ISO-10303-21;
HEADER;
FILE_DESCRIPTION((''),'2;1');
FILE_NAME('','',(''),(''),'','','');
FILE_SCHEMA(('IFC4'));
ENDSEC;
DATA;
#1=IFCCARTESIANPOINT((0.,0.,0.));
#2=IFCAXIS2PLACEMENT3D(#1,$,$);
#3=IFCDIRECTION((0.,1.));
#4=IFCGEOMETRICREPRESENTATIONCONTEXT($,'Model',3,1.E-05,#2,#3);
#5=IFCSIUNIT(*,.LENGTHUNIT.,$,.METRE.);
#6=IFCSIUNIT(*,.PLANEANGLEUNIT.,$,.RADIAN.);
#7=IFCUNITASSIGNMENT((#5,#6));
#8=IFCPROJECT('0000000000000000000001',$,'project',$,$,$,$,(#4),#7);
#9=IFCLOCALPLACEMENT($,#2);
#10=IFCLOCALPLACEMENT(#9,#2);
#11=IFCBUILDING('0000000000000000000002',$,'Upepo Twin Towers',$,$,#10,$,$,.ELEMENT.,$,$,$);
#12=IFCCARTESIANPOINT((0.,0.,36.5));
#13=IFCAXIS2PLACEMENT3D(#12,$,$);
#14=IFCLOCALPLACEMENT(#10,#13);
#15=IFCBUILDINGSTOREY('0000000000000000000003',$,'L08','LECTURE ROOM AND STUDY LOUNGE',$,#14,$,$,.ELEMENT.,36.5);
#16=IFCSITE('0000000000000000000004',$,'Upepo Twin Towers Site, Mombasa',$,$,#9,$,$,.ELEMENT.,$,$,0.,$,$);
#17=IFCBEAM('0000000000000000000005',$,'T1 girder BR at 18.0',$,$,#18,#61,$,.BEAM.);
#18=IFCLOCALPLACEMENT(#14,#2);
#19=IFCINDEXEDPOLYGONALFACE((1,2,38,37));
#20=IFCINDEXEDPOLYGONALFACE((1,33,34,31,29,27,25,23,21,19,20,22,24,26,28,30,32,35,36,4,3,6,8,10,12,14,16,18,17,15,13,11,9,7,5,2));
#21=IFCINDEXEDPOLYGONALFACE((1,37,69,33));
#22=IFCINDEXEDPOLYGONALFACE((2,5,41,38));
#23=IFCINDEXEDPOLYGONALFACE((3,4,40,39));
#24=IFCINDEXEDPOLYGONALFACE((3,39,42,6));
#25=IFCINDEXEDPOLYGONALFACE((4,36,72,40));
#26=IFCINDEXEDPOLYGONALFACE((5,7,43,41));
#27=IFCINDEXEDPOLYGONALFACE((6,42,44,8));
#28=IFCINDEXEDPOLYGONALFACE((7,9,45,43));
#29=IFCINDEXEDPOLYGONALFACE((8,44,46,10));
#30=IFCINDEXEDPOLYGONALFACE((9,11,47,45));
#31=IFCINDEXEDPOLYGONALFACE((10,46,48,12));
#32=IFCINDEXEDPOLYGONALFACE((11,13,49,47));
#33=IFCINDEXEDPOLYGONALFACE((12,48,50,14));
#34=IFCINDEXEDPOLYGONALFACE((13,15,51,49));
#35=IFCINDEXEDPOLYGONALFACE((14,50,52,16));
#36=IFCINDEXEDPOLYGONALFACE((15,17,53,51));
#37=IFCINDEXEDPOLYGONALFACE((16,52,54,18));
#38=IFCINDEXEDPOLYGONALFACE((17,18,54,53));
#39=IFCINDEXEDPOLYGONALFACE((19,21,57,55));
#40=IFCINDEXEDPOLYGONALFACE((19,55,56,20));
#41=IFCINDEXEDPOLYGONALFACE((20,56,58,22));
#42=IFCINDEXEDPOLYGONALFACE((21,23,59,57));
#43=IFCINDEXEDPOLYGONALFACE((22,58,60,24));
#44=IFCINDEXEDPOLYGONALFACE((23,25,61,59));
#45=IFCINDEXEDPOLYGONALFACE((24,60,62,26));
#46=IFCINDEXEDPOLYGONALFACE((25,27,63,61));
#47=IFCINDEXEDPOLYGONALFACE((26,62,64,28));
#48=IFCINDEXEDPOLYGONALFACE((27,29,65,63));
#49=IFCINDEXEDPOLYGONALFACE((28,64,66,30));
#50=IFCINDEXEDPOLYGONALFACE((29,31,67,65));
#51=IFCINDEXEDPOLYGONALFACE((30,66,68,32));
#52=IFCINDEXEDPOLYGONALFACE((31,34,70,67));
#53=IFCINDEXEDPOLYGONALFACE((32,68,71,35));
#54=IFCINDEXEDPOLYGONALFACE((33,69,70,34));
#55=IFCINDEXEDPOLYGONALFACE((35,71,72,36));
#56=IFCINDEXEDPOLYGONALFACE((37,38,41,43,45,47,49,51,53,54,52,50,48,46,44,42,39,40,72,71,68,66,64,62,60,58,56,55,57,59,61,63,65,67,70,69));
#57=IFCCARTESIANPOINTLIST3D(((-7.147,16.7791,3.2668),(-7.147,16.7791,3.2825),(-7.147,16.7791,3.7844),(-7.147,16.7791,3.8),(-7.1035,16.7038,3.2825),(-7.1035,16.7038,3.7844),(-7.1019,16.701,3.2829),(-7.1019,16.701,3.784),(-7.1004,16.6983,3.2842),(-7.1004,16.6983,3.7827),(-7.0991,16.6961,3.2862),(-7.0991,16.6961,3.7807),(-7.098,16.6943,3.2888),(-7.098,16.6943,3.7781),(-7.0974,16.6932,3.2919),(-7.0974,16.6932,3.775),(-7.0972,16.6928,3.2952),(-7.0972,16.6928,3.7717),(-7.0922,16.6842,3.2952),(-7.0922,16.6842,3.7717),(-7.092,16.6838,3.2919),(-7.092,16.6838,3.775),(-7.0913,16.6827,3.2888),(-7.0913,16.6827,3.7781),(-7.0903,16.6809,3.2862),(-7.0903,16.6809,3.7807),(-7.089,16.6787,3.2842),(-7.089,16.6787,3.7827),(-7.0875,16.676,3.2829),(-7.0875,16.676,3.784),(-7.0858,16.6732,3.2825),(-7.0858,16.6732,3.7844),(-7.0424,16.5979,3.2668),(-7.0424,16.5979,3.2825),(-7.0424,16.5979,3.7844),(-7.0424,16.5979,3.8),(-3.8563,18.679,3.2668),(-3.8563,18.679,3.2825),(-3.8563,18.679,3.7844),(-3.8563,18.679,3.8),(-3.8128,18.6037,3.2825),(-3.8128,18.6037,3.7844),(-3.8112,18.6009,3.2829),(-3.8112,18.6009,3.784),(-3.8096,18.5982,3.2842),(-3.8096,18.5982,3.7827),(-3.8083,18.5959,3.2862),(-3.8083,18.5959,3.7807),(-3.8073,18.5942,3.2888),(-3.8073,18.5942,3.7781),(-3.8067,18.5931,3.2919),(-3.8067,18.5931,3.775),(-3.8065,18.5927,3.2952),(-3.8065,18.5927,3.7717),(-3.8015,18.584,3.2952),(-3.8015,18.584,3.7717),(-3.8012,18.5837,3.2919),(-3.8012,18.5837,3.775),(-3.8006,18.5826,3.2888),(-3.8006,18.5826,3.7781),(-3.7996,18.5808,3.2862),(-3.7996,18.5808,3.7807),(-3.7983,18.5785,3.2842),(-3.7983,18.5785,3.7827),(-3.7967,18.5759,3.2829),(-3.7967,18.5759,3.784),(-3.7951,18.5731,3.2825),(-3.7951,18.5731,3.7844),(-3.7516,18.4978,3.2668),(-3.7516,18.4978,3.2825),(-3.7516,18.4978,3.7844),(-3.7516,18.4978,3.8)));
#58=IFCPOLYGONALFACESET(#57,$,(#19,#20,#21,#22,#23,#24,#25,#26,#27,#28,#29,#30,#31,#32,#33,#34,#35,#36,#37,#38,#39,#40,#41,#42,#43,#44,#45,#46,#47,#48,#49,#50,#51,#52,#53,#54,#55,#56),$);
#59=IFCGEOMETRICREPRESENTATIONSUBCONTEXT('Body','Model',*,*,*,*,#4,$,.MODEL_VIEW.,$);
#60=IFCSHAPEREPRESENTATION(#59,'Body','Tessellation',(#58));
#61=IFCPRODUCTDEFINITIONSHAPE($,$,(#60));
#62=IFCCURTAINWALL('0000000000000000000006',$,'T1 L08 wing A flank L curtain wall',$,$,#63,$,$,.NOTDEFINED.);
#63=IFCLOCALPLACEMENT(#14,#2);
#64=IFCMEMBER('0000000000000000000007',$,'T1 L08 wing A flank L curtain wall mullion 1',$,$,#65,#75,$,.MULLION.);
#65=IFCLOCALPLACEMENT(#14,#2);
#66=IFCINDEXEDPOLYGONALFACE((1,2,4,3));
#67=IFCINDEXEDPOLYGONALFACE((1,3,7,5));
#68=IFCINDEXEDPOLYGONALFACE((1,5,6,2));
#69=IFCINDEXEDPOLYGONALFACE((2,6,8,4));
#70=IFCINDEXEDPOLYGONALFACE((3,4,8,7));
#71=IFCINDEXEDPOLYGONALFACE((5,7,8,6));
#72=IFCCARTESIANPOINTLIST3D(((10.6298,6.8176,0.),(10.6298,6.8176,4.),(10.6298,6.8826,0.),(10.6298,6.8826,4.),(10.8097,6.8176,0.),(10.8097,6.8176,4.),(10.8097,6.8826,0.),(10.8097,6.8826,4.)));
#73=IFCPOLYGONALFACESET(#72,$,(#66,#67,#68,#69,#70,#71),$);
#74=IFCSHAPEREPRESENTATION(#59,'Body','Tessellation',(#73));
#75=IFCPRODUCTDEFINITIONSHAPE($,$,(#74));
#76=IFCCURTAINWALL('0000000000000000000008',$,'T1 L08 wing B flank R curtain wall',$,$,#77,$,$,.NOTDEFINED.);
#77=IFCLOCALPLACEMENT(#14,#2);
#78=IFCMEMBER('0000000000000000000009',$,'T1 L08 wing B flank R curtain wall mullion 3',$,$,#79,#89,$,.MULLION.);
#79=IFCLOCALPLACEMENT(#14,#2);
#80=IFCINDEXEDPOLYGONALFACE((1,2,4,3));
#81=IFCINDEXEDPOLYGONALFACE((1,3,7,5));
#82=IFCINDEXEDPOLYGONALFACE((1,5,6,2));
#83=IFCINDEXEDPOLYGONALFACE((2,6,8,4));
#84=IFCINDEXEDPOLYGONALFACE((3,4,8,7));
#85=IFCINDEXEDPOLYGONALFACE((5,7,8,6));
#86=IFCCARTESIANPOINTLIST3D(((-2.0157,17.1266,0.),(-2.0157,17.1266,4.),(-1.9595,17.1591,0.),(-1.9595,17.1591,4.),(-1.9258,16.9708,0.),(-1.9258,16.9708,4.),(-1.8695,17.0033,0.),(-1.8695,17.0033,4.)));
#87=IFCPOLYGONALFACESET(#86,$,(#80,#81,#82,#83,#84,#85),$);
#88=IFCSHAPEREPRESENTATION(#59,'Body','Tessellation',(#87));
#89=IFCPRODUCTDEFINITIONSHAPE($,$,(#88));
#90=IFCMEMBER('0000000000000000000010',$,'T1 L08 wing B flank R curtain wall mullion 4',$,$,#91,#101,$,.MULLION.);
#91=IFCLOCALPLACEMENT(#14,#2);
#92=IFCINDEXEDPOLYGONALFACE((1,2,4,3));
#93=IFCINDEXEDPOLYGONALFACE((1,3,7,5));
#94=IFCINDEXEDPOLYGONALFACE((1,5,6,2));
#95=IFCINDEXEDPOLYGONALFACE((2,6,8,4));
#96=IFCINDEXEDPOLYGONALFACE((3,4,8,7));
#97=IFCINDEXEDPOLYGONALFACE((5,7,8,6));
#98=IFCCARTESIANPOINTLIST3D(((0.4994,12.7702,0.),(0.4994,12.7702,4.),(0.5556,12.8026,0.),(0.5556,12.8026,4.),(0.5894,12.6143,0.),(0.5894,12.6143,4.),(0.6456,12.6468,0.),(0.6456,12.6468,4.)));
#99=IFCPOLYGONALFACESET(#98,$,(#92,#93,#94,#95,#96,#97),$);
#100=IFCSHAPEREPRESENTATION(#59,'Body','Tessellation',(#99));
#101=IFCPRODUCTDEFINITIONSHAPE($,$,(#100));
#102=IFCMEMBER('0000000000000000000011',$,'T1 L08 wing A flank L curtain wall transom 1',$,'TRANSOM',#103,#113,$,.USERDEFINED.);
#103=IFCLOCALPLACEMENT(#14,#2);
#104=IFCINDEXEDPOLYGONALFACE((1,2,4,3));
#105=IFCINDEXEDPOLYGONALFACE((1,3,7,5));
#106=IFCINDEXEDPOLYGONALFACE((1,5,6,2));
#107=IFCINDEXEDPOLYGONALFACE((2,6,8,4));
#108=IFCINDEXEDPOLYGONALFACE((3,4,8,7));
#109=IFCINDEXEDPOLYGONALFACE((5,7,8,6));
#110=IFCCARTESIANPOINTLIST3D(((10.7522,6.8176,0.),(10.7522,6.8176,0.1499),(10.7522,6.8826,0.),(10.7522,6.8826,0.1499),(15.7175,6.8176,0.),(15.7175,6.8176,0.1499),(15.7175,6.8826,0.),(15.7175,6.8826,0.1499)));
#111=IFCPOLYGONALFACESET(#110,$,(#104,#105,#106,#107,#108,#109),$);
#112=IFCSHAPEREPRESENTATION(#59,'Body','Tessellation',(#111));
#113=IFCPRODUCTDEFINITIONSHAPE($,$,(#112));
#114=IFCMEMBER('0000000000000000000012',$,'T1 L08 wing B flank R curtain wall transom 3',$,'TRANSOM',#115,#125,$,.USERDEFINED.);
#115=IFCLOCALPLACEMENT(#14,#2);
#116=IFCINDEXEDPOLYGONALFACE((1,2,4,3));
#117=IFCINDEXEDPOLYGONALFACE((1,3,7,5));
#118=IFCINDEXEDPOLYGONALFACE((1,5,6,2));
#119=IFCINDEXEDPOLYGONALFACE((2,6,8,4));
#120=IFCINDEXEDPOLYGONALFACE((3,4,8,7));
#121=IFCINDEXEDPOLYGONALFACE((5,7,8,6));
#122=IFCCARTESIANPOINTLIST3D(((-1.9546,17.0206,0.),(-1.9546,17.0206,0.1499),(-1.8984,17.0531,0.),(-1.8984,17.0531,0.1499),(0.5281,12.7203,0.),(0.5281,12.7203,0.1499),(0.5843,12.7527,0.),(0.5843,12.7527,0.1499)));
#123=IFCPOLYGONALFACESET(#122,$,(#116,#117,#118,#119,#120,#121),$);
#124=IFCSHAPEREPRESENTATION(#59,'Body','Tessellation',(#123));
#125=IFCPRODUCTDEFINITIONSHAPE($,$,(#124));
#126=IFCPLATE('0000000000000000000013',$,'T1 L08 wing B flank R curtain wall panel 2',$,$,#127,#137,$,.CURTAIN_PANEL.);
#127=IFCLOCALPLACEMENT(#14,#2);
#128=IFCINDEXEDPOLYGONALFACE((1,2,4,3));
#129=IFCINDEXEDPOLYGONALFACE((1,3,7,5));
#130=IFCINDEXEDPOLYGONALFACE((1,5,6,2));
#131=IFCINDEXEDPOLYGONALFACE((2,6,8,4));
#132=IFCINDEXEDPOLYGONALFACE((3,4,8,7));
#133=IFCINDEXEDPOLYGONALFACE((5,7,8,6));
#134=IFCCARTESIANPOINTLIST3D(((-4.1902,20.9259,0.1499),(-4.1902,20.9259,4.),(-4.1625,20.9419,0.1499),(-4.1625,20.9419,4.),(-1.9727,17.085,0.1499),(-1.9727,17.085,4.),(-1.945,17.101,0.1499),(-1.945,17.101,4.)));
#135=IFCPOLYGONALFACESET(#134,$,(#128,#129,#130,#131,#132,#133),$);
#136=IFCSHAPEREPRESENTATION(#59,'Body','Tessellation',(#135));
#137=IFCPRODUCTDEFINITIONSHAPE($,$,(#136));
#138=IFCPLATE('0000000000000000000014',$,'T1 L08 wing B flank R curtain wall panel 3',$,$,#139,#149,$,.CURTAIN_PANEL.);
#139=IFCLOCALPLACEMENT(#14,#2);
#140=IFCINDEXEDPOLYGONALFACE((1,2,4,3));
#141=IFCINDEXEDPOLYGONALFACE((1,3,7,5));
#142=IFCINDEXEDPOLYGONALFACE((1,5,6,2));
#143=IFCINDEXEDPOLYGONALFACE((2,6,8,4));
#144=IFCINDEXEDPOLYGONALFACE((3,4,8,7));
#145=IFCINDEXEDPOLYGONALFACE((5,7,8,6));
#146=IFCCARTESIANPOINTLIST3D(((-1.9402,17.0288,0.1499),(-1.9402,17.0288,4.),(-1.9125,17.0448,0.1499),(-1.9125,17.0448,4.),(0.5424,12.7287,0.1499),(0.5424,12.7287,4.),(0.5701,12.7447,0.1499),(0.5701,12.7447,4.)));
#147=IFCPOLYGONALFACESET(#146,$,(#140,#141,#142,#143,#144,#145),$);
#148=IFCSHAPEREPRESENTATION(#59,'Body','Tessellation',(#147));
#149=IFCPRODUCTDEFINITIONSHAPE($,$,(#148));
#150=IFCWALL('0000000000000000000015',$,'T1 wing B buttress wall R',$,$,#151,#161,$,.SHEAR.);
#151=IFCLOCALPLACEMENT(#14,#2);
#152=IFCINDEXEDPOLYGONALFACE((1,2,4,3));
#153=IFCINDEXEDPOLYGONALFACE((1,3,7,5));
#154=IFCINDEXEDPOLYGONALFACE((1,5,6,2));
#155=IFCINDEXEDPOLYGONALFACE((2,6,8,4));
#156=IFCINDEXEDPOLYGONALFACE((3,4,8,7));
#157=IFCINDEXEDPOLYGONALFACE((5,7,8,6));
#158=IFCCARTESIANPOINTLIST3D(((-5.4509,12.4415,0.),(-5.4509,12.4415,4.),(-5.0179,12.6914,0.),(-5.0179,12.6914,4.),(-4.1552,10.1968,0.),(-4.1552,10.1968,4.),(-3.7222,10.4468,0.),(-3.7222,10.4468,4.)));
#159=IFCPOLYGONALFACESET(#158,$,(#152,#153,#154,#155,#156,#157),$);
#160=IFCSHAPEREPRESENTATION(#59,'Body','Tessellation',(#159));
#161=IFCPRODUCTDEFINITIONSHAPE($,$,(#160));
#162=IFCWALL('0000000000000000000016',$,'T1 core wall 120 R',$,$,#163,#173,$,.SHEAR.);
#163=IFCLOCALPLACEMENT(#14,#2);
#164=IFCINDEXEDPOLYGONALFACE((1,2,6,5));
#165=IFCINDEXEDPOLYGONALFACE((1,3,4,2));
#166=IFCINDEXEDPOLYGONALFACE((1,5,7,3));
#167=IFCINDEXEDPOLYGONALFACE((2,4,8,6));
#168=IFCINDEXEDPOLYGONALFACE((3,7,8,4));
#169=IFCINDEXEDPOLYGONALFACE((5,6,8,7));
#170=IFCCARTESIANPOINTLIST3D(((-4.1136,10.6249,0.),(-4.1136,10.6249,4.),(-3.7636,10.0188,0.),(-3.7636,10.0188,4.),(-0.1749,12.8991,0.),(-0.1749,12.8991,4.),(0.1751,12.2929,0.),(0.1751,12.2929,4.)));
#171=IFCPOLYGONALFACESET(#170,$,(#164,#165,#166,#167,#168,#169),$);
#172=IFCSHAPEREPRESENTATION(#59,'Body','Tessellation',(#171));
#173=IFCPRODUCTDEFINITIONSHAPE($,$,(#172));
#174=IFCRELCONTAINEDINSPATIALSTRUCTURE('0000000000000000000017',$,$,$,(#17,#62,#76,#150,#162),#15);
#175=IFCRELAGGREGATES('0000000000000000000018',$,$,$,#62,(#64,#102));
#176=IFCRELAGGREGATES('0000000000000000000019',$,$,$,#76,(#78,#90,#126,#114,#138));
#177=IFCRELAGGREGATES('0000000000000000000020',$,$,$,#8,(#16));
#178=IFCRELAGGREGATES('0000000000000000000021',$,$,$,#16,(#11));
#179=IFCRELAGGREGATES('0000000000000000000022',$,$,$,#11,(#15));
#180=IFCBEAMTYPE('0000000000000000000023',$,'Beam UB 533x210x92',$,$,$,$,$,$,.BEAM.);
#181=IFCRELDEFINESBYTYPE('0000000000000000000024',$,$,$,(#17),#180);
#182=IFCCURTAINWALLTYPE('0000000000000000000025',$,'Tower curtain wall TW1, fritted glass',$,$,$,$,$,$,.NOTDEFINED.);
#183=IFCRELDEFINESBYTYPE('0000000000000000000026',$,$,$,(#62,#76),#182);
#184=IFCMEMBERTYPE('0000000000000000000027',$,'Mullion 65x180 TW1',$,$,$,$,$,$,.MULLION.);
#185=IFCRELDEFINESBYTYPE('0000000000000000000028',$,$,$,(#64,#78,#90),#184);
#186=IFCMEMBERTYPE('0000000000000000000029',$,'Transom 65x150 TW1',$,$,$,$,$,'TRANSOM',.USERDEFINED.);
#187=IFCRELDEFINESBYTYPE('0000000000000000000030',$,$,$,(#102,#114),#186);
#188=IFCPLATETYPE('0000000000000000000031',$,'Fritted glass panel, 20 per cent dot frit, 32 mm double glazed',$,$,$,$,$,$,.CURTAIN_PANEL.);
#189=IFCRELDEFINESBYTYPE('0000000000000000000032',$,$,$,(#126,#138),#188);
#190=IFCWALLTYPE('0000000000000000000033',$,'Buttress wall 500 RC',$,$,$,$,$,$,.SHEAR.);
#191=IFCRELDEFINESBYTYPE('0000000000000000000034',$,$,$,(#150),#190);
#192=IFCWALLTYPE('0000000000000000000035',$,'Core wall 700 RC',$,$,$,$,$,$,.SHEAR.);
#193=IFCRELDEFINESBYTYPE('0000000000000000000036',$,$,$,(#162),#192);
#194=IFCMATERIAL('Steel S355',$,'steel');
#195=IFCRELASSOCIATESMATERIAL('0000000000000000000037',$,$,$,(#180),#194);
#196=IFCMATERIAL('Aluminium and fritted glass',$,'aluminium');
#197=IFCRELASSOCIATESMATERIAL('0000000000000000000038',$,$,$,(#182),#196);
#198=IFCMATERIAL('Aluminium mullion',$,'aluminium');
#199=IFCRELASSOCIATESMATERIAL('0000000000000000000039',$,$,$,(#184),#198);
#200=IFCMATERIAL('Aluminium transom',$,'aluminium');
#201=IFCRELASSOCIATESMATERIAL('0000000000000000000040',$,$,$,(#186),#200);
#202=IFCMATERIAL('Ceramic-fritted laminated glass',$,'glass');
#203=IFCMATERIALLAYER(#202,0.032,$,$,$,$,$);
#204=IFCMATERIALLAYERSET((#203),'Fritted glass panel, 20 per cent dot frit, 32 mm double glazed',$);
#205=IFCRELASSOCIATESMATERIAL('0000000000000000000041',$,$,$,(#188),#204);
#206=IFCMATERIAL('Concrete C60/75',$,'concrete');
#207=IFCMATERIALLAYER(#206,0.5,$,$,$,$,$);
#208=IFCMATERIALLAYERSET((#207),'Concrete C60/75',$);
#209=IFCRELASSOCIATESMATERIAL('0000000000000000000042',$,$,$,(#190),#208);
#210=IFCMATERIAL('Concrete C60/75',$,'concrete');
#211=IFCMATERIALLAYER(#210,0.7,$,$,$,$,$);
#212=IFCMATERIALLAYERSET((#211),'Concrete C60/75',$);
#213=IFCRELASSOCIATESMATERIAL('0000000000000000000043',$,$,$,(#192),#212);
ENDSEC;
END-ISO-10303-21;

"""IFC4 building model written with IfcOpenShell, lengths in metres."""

from ifc_helpers import new_model, si_unit, direction, frame, frame_2d, origin, origin_2d, place, context, subcontext, project, spatial, rectangle, i_section, extrude, material, layer, layer_set, material_profile, profile_set, type_object, element, aggregate, save


model = new_model("IFC4")

# Units and contexts
model_context = context("Model", 3, precision=1e-05, world=origin(), true_north=direction((0.0, 1.0)))
body_context = subcontext(model_context, "Body", "Model", "MODEL_VIEW")
ifc_project = project(units=[si_unit("LENGTHUNIT", "METRE"), si_unit("PLANEANGLEUNIT", "RADIAN")], contexts=[model_context])

# Site, building, storey
site_placement = place(None, origin())
site = spatial("IfcSite", under=ifc_project, at=site_placement, Name="Upepo Twin Towers Site, Mombasa", CompositionType="ELEMENT", RefElevation=0.0)
building_placement = place(site_placement, origin())
building = spatial("IfcBuilding", under=site, at=building_placement, Name="Upepo Twin Towers", CompositionType="ELEMENT")
storey_placement = place(building_placement, frame((0.0, 0.0, 36.5)))
storey = spatial("IfcBuildingStorey", under=building, at=storey_placement, Name="L08", Description="LECTURE ROOM AND STUDY LOUNGE", CompositionType="ELEMENT", Elevation=36.5)

# Beam
ifc_material_1 = material(Name="Steel S355", Category="steel")
ifc_material_profile_1 = material_profile(ifc_material_1, i_section(OverallWidth=0.2092, OverallDepth=0.5332, WebThickness=0.01, FlangeThickness=0.0156, FilletRadius=0.0127, at=origin_2d()), Name="UB 533x210x92")
ifc_profile_set_1 = profile_set([ifc_material_profile_1], Name="Steel S355")
beam_type_1 = type_object("IfcBeamType", Name="Beam UB 533x210x92", PredefinedType="BEAM", material=ifc_profile_set_1)
beam_1_placement = place(storey_placement, frame((-3.804, 18.5884, 3.5334), z_axis=(-0.866028, -0.499995, 0.0), x_axis=(0.499995, -0.866028, 0.0)))
element("IfcBeam", 1, at=beam_1_placement, inside=storey, type_object=beam_type_1, Name="T1 girder BR at 18.0", PredefinedType="BEAM", context=body_context, shape_type="SweptSolid", body=[
    extrude(i_section(OverallWidth=0.2092, OverallDepth=0.5332, WebThickness=0.01, FlangeThickness=0.0156, FilletRadius=0.0127, at=origin_2d()), origin(), (0.0, 0.0, 1.0), 3.7998),
])

# Curtain wall, member
ifc_material_2 = material(Name="Aluminium and fritted glass", Category="aluminium")
curtain_wall_type = type_object("IfcCurtainWallType", Name="Tower curtain wall TW1, fritted glass", PredefinedType="NOTDEFINED", material=ifc_material_2)
curtain_wall_1_placement = place(storey_placement, origin())
curtain_wall_1 = element("IfcCurtainWall", 2, at=curtain_wall_1_placement, inside=storey, type_object=curtain_wall_type, Name="T1 L08 wing A flank L curtain wall", PredefinedType="NOTDEFINED")
ifc_material_3 = material(Name="Aluminium mullion", Category="aluminium")
ifc_material_profile_2 = material_profile(ifc_material_3, rectangle(XDim=0.0649, YDim=0.1799, at=origin_2d()), Name="MULLION 65x180")
ifc_profile_set_2 = profile_set([ifc_material_profile_2], Name="Aluminium mullion")
member_type_1 = type_object("IfcMemberType", Name="Mullion 65x180 TW1", PredefinedType="MULLION", material=ifc_profile_set_2)
member_1_placement = place(storey_placement, frame((10.7197, 6.8501, 0.0), z_axis=(0.0, 0.0, 1.0), x_axis=(0.0, 1.0, 0.0)))
member_1 = element("IfcMember", 3, at=member_1_placement, type_object=member_type_1, Name="T1 L08 wing A flank L curtain wall mullion 1", PredefinedType="MULLION", context=body_context, shape_type="SweptSolid", body=[
    extrude(rectangle(XDim=0.0649, YDim=0.1799, at=origin_2d()), origin(), (0.0, 0.0, 1.0), 4.0),
])

# Curtain wall, members
curtain_wall_2_placement = place(storey_placement, origin())
curtain_wall_2 = element("IfcCurtainWall", 4, at=curtain_wall_2_placement, inside=storey, type_object=curtain_wall_type, Name="T1 L08 wing B flank R curtain wall", PredefinedType="NOTDEFINED")
member_2_placement = place(storey_placement, frame((-1.9426, 17.0649, 0.0), z_axis=(0.0, 0.0, 1.0), x_axis=(0.866025, 0.5, 0.0)))
member_2 = element("IfcMember", 5, at=member_2_placement, type_object=member_type_1, Name="T1 L08 wing B flank R curtain wall mullion 3", PredefinedType="MULLION", context=body_context, shape_type="SweptSolid", body=[
    extrude(rectangle(XDim=0.0649, YDim=0.1799, at=origin_2d()), origin(), (0.0, 0.0, 1.0), 4.0),
])
member_3_placement = place(storey_placement, frame((0.5725, 12.7085, 0.0), z_axis=(0.0, 0.0, 1.0), x_axis=(0.866025, 0.5, 0.0)))
member_3 = element("IfcMember", 6, at=member_3_placement, type_object=member_type_1, Name="T1 L08 wing B flank R curtain wall mullion 4", PredefinedType="MULLION", context=body_context, shape_type="SweptSolid", body=[
    extrude(rectangle(XDim=0.0649, YDim=0.1799, at=origin_2d()), origin(), (0.0, 0.0, 1.0), 4.0),
])

# Members
ifc_material_4 = material(Name="Aluminium transom", Category="aluminium")
ifc_material_profile_3 = material_profile(ifc_material_4, rectangle(XDim=0.0649, YDim=0.1499, at=origin_2d()), Name="TRANSOM 65x150")
ifc_profile_set_3 = profile_set([ifc_material_profile_3], Name="Aluminium transom")
member_type_2 = type_object("IfcMemberType", Name="Transom 65x150 TW1", ElementType="TRANSOM", PredefinedType="USERDEFINED", material=ifc_profile_set_3)
member_4_placement = place(storey_placement, frame((10.7522, 6.8501, 0.075), z_axis=(1.0, 0.0, 0.0), x_axis=(0.0, 1.0, 0.0)))
member_4 = element("IfcMember", 7, at=member_4_placement, type_object=member_type_2, Name="T1 L08 wing A flank L curtain wall transom 1", ObjectType="TRANSOM", PredefinedType="USERDEFINED", context=body_context, shape_type="SweptSolid", body=[
    extrude(rectangle(XDim=0.0649, YDim=0.1499, at=origin_2d()), origin(), (0.0, 0.0, 1.0), 4.9653),
])
aggregate(curtain_wall_1, [member_1, member_4])
member_5_placement = place(storey_placement, frame((-1.9265, 17.0369, 0.075), z_axis=(0.499983, -0.866035, 0.0), x_axis=(0.866035, 0.499983, 0.0)))
member_5 = element("IfcMember", 8, at=member_5_placement, type_object=member_type_2, Name="T1 L08 wing B flank R curtain wall transom 3", ObjectType="TRANSOM", PredefinedType="USERDEFINED", context=body_context, shape_type="SweptSolid", body=[
    extrude(rectangle(XDim=0.0649, YDim=0.1499, at=origin_2d()), origin(), (0.0, 0.0, 1.0), 4.9656),
])

# Plates
ifc_material_5 = material(Name="Ceramic-fritted laminated glass", Category="glass")
ifc_layer_1 = layer(ifc_material_5, 0.032)
ifc_layer_set_1 = layer_set([ifc_layer_1], Name="Fritted glass panel, 20 per cent dot frit, 32 mm double glazed")
plate_type = type_object("IfcPlateType", Name="Fritted glass panel, 20 per cent dot frit, 32 mm double glazed", PredefinedType="CURTAIN_PANEL", material=ifc_layer_set_1)
plate_1_placement = place(storey_placement, frame((-3.0676, 19.0134, 0.1499), z_axis=(0.0, 0.0, 1.0), x_axis=(0.5, -0.866025, 0.0)))
plate_1 = element("IfcPlate", 9, at=plate_1_placement, type_object=plate_type, Name="T1 L08 wing B flank R curtain wall panel 2", PredefinedType="CURTAIN_PANEL", context=body_context, shape_type="SweptSolid", body=[
    extrude(rectangle(XDim=4.4351, YDim=0.032, at=origin_2d()), origin(), (0.0, 0.0, 1.0), 3.8501),
])
plate_2_placement = place(storey_placement, frame((-0.6851, 14.8867, 0.1499), z_axis=(0.0, 0.0, 1.0), x_axis=(0.5, -0.866025, 0.0)))
plate_2 = element("IfcPlate", 10, at=plate_2_placement, type_object=plate_type, Name="T1 L08 wing B flank R curtain wall panel 3", PredefinedType="CURTAIN_PANEL", context=body_context, shape_type="SweptSolid", body=[
    extrude(rectangle(XDim=4.9653, YDim=0.032, at=origin_2d()), origin(), (0.0, 0.0, 1.0), 3.8501),
])
aggregate(curtain_wall_2, [member_2, member_3, plate_1, member_5, plate_2])

# Walls
ifc_material_6 = material(Name="Concrete C60/75", Category="concrete")
ifc_layer_2 = layer(ifc_material_6, 0.5)
ifc_layer_set_2 = layer_set([ifc_layer_2], Name="Concrete C60/75")
wall_type_1 = type_object("IfcWallType", Name="Buttress wall 500 RC", PredefinedType="SHEAR", material=ifc_layer_set_2)
wall_1_placement = place(storey_placement, frame((-3.9387, 10.3218, 0.0), z_axis=(0.0, 0.0, 1.0), x_axis=(-0.499918, 0.866073, 0.0)))
element("IfcWall", 11, at=wall_1_placement, inside=storey, type_object=wall_type_1, Name="T1 wing B buttress wall R", PredefinedType="SHEAR", context=body_context, shape_type="SweptSolid", body=[
    extrude(rectangle(XDim=2.5918, YDim=0.5, at=frame_2d((1.2959, 0.0))), origin(), (0.0, 0.0, 1.0), 4.0),
])
ifc_material_7 = material(Name="Concrete C60/75", Category="concrete")
ifc_layer_3 = layer(ifc_material_7, 0.7)
ifc_layer_set_3 = layer_set([ifc_layer_3], Name="Concrete C60/75")
wall_type_2 = type_object("IfcWallType", Name="Core wall 700 RC", PredefinedType="SHEAR", material=ifc_layer_set_3)
wall_2_placement = place(storey_placement, frame((0.0, 12.5959, 0.0), z_axis=(0.0, 0.0, 1.0), x_axis=(-0.866011, -0.500024, 0.0)))
element("IfcWall", 12, at=wall_2_placement, inside=storey, type_object=wall_type_2, Name="T1 core wall 120 R", PredefinedType="SHEAR", context=body_context, shape_type="SweptSolid", body=[
    extrude(rectangle(XDim=4.5481, YDim=0.7, at=frame_2d((2.2739, 0.0))), origin(), (0.0, 0.0, 1.0), 4.0),
])

save(model, "model.ifc")
